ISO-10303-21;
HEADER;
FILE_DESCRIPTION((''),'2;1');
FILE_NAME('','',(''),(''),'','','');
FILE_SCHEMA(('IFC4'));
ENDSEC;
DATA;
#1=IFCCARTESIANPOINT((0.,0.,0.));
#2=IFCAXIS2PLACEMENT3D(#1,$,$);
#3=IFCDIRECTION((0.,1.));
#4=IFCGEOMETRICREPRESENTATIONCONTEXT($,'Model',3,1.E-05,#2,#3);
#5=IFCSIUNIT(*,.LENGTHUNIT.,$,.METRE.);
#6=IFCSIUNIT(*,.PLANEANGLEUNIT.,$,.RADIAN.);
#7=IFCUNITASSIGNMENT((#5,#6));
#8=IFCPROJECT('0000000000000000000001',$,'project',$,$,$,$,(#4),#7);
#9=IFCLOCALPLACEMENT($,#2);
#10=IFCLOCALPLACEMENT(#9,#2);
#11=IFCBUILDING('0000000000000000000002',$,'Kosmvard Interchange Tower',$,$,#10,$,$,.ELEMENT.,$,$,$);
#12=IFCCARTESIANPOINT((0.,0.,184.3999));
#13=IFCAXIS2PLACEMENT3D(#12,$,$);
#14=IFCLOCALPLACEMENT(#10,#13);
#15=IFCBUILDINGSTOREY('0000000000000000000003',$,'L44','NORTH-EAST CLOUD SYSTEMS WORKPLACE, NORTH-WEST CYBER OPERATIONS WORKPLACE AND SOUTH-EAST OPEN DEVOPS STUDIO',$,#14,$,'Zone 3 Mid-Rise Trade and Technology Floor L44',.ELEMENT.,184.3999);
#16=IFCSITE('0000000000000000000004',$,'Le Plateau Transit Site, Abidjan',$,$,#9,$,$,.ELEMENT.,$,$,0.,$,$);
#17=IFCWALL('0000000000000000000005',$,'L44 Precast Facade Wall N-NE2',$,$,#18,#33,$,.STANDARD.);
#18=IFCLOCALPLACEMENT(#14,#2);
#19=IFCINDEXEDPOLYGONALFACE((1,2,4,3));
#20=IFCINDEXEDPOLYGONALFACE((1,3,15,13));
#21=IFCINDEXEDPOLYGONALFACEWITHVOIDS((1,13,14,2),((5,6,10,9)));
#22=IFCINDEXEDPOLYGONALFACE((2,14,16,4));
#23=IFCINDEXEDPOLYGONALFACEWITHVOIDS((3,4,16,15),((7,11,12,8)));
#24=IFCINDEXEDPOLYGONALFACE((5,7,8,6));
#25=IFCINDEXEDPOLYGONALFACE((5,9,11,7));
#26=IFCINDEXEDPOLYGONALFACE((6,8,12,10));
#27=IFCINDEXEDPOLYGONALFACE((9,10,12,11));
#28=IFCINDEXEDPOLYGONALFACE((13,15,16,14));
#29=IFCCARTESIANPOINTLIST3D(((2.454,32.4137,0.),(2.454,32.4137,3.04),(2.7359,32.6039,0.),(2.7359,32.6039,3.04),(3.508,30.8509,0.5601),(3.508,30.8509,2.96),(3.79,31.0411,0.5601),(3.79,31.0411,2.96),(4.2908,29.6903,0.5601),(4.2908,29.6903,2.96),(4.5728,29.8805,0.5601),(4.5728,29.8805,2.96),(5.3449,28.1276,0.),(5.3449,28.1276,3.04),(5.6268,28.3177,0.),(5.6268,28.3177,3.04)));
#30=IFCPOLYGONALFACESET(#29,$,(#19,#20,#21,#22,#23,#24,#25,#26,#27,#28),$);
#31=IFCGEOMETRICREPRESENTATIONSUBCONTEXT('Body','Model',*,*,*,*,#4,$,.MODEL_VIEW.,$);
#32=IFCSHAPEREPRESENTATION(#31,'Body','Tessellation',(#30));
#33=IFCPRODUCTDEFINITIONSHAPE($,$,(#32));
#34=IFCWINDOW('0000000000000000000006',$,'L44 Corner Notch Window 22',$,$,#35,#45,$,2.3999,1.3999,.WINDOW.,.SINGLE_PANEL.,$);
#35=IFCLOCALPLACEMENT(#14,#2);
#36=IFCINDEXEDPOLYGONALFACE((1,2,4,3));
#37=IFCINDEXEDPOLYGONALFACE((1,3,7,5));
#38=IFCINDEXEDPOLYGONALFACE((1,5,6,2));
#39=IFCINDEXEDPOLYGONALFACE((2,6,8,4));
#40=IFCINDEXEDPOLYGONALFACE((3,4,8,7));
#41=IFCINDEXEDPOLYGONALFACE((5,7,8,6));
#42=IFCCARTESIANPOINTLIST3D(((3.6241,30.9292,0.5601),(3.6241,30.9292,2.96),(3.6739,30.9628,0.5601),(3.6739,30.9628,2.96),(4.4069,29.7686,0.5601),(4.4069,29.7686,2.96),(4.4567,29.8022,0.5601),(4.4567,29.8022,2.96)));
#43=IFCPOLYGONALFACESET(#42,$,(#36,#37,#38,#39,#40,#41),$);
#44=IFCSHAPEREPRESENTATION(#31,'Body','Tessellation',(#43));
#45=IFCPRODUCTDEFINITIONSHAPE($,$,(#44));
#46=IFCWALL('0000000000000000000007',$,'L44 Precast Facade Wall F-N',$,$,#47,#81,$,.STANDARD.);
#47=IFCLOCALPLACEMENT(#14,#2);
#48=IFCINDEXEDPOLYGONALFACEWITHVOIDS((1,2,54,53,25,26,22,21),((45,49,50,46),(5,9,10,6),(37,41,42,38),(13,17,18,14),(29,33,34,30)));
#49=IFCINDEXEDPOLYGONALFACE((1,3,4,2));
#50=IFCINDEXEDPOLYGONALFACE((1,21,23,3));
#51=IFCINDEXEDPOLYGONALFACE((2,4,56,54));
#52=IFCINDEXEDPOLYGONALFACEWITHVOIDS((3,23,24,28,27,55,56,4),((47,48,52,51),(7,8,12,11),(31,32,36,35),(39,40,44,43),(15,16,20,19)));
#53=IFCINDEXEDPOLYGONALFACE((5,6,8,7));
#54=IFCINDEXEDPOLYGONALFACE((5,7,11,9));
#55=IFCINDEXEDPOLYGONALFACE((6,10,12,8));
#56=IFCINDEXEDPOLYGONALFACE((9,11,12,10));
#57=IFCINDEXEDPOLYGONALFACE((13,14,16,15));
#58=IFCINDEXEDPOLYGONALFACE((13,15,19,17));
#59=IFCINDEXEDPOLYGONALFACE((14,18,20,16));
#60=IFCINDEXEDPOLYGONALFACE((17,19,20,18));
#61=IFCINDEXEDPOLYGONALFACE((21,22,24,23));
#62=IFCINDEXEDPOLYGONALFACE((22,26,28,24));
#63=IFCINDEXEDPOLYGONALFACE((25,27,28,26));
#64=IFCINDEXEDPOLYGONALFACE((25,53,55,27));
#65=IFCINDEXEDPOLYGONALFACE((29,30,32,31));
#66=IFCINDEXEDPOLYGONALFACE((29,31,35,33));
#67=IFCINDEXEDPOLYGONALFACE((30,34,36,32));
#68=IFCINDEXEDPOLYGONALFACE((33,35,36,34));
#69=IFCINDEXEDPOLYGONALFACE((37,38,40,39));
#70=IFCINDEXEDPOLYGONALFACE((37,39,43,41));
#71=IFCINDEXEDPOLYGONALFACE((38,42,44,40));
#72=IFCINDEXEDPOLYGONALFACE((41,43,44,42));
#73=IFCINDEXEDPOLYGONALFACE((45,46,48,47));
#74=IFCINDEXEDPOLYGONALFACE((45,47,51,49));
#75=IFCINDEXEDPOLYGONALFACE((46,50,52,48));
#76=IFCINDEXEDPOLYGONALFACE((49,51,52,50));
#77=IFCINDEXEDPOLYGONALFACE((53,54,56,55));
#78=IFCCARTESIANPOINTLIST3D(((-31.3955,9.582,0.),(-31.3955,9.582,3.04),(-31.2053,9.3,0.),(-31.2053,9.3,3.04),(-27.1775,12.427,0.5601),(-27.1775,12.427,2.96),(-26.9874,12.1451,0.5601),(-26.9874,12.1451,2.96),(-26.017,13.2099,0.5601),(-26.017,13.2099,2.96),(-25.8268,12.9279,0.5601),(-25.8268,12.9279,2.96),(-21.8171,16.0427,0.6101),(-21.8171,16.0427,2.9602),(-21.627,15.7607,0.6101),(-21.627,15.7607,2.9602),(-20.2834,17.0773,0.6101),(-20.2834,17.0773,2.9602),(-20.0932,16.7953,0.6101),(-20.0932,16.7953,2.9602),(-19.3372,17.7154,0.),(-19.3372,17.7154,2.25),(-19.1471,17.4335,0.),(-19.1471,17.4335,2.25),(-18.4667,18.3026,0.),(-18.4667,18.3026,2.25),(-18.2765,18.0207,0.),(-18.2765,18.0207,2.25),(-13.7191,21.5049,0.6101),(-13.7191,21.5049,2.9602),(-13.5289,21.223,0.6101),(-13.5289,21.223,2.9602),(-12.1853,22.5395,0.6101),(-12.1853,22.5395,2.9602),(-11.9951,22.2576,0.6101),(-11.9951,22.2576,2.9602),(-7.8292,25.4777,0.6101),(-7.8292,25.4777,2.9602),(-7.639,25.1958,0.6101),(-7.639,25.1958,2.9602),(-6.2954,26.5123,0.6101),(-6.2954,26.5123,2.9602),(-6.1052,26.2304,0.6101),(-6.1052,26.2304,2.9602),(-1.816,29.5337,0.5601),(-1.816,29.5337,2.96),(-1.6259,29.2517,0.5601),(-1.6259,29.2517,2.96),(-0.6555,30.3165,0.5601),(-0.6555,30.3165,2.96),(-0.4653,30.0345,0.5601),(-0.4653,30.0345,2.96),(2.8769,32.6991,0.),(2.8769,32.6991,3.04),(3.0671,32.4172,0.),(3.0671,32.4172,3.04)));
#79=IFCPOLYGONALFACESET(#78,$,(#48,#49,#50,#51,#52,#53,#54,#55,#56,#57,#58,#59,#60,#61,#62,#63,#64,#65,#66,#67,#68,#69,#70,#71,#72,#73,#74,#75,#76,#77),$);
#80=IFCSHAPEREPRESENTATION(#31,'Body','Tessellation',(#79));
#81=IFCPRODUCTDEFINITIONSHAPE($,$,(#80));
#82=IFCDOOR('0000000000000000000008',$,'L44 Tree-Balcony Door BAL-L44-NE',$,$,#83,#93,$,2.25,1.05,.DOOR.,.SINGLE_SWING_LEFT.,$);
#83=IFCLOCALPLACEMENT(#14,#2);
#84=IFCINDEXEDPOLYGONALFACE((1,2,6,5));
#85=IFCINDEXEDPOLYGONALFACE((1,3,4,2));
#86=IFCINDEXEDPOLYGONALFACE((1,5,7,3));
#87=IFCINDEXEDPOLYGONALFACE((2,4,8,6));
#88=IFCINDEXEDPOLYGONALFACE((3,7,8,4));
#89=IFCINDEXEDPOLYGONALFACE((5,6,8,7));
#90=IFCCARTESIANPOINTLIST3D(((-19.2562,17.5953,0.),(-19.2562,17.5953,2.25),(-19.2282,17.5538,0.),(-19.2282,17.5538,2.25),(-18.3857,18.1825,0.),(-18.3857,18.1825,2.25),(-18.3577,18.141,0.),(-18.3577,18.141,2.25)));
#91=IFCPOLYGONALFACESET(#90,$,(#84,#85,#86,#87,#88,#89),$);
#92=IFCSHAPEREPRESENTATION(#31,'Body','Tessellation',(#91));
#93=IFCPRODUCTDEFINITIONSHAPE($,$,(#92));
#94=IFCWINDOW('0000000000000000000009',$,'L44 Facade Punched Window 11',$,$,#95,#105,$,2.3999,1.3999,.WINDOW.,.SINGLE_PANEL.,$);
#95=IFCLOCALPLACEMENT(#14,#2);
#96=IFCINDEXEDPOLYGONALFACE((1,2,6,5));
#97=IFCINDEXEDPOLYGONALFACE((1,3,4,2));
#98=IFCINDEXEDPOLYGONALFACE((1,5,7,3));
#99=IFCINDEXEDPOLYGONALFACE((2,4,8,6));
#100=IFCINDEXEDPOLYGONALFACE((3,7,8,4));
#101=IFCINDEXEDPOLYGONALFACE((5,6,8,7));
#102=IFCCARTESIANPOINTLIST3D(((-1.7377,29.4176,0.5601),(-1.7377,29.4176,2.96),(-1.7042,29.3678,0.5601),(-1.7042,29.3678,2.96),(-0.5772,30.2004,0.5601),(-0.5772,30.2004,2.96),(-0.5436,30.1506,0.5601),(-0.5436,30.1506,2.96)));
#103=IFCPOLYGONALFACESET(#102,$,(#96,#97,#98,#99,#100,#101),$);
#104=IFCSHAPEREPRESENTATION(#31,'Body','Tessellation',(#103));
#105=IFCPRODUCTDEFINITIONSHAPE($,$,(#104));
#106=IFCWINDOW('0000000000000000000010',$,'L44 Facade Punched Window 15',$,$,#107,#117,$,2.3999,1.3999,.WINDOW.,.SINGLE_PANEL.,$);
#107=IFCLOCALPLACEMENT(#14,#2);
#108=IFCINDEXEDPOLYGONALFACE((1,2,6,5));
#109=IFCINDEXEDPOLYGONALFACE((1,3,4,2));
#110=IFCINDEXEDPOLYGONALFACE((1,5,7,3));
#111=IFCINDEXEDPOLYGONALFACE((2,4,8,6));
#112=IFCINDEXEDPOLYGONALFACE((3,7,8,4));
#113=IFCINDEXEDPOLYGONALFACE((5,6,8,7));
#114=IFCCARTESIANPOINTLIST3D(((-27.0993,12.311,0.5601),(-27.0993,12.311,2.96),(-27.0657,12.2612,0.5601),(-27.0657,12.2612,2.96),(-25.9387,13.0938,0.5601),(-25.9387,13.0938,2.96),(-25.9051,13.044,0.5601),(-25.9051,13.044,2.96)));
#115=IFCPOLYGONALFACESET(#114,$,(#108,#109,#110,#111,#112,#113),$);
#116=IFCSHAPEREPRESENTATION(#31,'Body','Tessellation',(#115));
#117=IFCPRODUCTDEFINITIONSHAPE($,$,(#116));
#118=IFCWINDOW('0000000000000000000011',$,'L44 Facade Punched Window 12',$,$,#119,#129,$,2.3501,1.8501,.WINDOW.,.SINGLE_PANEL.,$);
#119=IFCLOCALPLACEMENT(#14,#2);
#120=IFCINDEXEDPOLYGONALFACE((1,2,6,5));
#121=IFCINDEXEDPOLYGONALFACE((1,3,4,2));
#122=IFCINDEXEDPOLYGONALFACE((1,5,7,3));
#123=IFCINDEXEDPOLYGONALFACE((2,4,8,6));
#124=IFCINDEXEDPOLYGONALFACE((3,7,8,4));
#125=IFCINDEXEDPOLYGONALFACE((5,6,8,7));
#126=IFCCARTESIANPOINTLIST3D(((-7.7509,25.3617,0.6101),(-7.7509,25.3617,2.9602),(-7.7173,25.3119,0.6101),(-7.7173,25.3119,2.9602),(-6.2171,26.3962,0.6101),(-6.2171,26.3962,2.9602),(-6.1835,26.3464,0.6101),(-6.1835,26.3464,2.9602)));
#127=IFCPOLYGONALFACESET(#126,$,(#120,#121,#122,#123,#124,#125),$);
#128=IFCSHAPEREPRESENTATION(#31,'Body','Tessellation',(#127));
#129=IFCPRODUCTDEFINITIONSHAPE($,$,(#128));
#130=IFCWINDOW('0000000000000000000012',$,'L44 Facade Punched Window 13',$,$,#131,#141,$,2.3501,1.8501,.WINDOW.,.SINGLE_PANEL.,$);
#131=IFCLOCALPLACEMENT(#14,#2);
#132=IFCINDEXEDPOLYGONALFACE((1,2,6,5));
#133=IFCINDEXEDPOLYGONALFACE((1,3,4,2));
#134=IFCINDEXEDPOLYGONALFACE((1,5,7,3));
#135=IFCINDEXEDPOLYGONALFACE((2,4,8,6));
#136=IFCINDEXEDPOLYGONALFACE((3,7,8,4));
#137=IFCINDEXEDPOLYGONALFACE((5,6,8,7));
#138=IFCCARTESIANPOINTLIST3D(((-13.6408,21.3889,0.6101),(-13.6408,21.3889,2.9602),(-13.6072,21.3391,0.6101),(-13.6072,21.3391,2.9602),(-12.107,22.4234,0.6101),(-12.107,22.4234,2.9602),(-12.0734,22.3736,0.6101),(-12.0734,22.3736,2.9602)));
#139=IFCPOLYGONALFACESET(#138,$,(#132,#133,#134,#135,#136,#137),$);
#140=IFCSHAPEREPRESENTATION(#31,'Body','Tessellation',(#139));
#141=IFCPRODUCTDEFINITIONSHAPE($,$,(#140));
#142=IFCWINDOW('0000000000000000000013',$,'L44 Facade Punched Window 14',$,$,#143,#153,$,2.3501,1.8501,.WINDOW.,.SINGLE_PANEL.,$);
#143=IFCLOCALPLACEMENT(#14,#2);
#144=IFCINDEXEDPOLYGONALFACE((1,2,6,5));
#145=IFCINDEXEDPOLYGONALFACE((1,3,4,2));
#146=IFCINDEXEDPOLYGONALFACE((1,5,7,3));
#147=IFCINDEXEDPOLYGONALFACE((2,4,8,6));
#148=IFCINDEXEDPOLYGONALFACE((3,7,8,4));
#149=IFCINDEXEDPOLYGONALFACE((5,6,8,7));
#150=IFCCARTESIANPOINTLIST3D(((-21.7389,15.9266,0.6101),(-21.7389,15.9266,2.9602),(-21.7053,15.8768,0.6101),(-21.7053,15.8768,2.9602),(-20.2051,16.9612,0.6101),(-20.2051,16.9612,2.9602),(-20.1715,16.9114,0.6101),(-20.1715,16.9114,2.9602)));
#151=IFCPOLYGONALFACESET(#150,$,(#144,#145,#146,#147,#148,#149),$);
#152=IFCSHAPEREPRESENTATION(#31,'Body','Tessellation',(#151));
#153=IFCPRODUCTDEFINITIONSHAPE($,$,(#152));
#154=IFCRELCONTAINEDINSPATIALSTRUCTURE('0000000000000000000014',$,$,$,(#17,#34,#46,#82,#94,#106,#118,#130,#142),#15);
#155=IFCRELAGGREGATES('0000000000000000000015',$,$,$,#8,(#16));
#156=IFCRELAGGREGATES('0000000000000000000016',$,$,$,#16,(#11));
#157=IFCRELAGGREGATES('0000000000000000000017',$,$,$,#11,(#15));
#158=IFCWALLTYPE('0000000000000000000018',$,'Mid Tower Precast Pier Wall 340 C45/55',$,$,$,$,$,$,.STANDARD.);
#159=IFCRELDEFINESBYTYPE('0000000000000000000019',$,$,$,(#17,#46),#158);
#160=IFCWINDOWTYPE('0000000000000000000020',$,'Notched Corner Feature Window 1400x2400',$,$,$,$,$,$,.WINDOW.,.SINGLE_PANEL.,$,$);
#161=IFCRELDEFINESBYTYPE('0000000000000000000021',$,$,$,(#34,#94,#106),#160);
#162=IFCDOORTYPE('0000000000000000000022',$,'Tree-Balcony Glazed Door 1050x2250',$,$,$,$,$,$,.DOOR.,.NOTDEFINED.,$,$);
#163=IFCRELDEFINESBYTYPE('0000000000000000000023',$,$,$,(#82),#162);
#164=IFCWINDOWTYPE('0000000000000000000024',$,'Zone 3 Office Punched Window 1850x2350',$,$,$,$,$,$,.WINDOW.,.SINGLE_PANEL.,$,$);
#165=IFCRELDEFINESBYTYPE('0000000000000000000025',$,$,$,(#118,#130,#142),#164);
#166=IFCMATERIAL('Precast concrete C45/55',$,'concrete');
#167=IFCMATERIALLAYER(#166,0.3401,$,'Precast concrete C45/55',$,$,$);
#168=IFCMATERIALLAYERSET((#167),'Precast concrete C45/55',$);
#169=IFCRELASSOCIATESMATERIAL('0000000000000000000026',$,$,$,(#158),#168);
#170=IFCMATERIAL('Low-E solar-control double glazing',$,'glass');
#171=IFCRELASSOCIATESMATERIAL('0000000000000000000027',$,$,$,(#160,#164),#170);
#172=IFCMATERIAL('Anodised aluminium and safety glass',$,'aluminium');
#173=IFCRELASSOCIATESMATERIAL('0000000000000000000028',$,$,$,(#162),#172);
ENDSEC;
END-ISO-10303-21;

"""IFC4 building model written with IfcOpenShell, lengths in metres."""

from ifc_helpers import new_model, si_unit, direction, frame, frame_2d, origin, place, context, subcontext, project, spatial, rectangle, extrude, source, transform, mapped, material, layer, layer_set, type_object, element, fill, save


model = new_model("IFC4")

# Units and contexts
model_context = context("Model", 3, precision=1e-05, world=origin(), true_north=direction((0.0, 1.0)))
body_context = subcontext(model_context, "Body", "Model", "MODEL_VIEW")
ifc_project = project(units=[si_unit("LENGTHUNIT", "METRE"), si_unit("PLANEANGLEUNIT", "RADIAN")], contexts=[model_context])

# Site, building, storey
site_placement = place(None, origin())
site = spatial("IfcSite", under=ifc_project, at=site_placement, Name="Le Plateau Transit Site, Abidjan", CompositionType="ELEMENT", RefElevation=0.0)
building_placement = place(site_placement, origin())
building = spatial("IfcBuilding", under=site, at=building_placement, Name="Kosmvard Interchange Tower", CompositionType="ELEMENT")
storey_placement = place(building_placement, frame((0.0, 0.0, 184.3999)))
storey = spatial("IfcBuildingStorey", under=building, at=storey_placement, Name="L44", Description="NORTH-EAST CLOUD SYSTEMS WORKPLACE, NORTH-WEST CYBER OPERATIONS WORKPLACE AND SOUTH-EAST OPEN DEVOPS STUDIO", LongName="Zone 3 Mid-Rise Trade and Technology Floor L44", CompositionType="ELEMENT", Elevation=184.3999)

# Shared definitions
ifc_material_1 = material(Name="Precast concrete C45/55", Category="concrete")

# Shared definitions
ifc_layer_1 = layer(ifc_material_1, 0.3401, Name="Precast concrete C45/55")
ifc_layer_set_1 = layer_set([ifc_layer_1], Name="Precast concrete C45/55")
wall_type = type_object("IfcWallType", Name="Mid Tower Precast Pier Wall 340 C45/55", PredefinedType="STANDARD", material=ifc_layer_set_1)

# Wall, opening, window
wall_1_placement = place(storey_placement, frame((5.4858, 28.2227, 0.0), z_axis=(0.0, 0.0, 1.0), x_axis=(-0.559171, 0.829052, 0.0)))
wall_1 = element("IfcWall", 1, at=wall_1_placement, inside=storey, type_object=wall_type, Name="L44 Precast Facade Wall N-NE2", PredefinedType="STANDARD", context=body_context, shape_type="SweptSolid", body=[
    extrude(rectangle(XDim=5.1699, YDim=0.3401, at=frame_2d((2.585, 0.0))), origin(), (0.0, 0.0, 1.0), 3.04),
])
opening_1_placement = place(wall_1_placement, frame((1.885, 0.0, 0.5601)))
opening_1 = element("IfcOpeningElement", 2, at=opening_1_placement, cuts=wall_1, PredefinedType="OPENING", context=body_context, shape_type="SweptSolid", body=[
    extrude(rectangle(XDim=1.3999, YDim=2.3999, at=frame_2d((0.7, 1.2))), frame((0.0, 0.1802, 0.0), z_axis=(0.0, -1.0, 0.0), x_axis=(1.0, 0.0, 0.0)), (0.0, 0.0, 1.0), 0.3601),
])
ifc_material_2 = material(Name="Low-E solar-control double glazing", Category="glass")
window_type_1 = type_object("IfcWindowType", Name="Notched Corner Feature Window 1400x2400", PartitioningType="SINGLE_PANEL", PredefinedType="WINDOW", material=ifc_material_2)
shared_shape_1 = source(origin(), body_context, "Body", "SweptSolid", [
    extrude(rectangle(XDim=1.3999, YDim=2.3999, at=frame_2d((0.7, 1.2))), frame((0.0, 0.03, 0.0), z_axis=(0.0, -1.0, 0.0), x_axis=(1.0, 0.0, 0.0)), (0.0, 0.0, 1.0), 0.0601),
])
window_1_placement = place(opening_1_placement, origin())
window_1 = element("IfcWindow", 3, at=window_1_placement, inside=storey, type_object=window_type_1, Name="L44 Corner Notch Window 22", OverallHeight=2.3999, OverallWidth=1.3999, PartitioningType="SINGLE_PANEL", PredefinedType="WINDOW", context=body_context, shape_type="MappedRepresentation", body=[
    mapped(shared_shape_1, transform((0.0, 0.0, 0.0), scale=1.0)),
])
fill(opening_1, window_1)

# Wall, openings, door, windows
wall_2_placement = place(storey_placement, frame((2.9719, 32.5581, 0.0), z_axis=(0.0, 0.0, 1.0), x_axis=(-0.829036, -0.559195, 0.0)))
wall_2 = element("IfcWall", 4, at=wall_2_placement, inside=storey, type_object=wall_type, Name="L44 Precast Facade Wall F-N", PredefinedType="STANDARD", context=body_context, shape_type="SweptSolid", body=[
    extrude(rectangle(XDim=41.3401, YDim=0.3401, at=frame_2d((20.6699, 0.0))), origin(), (0.0, 0.0, 1.0), 3.04),
])
opening_2_placement = place(wall_2_placement, frame((25.7451, 0.0, 0.0)))
opening_2 = element("IfcOpeningElement", 5, at=opening_2_placement, cuts=wall_2, PredefinedType="OPENING", context=body_context, shape_type="SweptSolid", body=[
    extrude(rectangle(XDim=1.05, YDim=2.25, at=frame_2d((0.5249, 1.125))), frame((0.0, 0.1802, 0.0), z_axis=(0.0, -1.0, 0.0), x_axis=(1.0, 0.0, 0.0)), (0.0, 0.0, 1.0), 0.3601),
])
opening_3_placement = place(wall_2_placement, frame((4.2607, 0.0, 0.5601)))
opening_3 = element("IfcOpeningElement", 6, at=opening_3_placement, cuts=wall_2, PredefinedType="OPENING", context=body_context, shape_type="SweptSolid", body=[
    extrude(rectangle(XDim=1.3999, YDim=2.3999, at=frame_2d((0.7, 1.2))), frame((0.0, 0.1802, 0.0), z_axis=(0.0, -1.0, 0.0), x_axis=(1.0, 0.0, 0.0)), (0.0, 0.0, 1.0), 0.3601),
])
opening_4_placement = place(wall_2_placement, frame((11.0637, 0.0, 0.6101)))
opening_4 = element("IfcOpeningElement", 7, at=opening_4_placement, cuts=wall_2, PredefinedType="OPENING", context=body_context, shape_type="SweptSolid", body=[
    extrude(rectangle(XDim=1.8501, YDim=2.3501, at=frame_2d((0.925, 1.175))), frame((0.0, 0.1802, 0.0), z_axis=(0.0, -1.0, 0.0), x_axis=(1.0, 0.0, 0.0)), (0.0, 0.0, 1.0), 0.3601),
])
opening_5_placement = place(wall_2_placement, frame((18.1682, 0.0, 0.6101)))
opening_5 = element("IfcOpeningElement", 8, at=opening_5_placement, cuts=wall_2, PredefinedType="OPENING", context=body_context, shape_type="SweptSolid", body=[
    extrude(rectangle(XDim=1.8501, YDim=2.3501, at=frame_2d((0.925, 1.175))), frame((0.0, 0.1802, 0.0), z_axis=(0.0, -1.0, 0.0), x_axis=(1.0, 0.0, 0.0)), (0.0, 0.0, 1.0), 0.3601),
])
opening_6_placement = place(wall_2_placement, frame((27.9363, 0.0, 0.6101)))
opening_6 = element("IfcOpeningElement", 9, at=opening_6_placement, cuts=wall_2, PredefinedType="OPENING", context=body_context, shape_type="SweptSolid", body=[
    extrude(rectangle(XDim=1.8501, YDim=2.3501, at=frame_2d((0.925, 1.175))), frame((0.0, 0.1802, 0.0), z_axis=(0.0, -1.0, 0.0), x_axis=(1.0, 0.0, 0.0)), (0.0, 0.0, 1.0), 0.3601),
])
opening_7_placement = place(wall_2_placement, frame((34.8523, 0.0, 0.5601)))
opening_7 = element("IfcOpeningElement", 10, at=opening_7_placement, cuts=wall_2, PredefinedType="OPENING", context=body_context, shape_type="SweptSolid", body=[
    extrude(rectangle(XDim=1.3999, YDim=2.3999, at=frame_2d((0.7, 1.2))), frame((0.0, 0.1802, 0.0), z_axis=(0.0, -1.0, 0.0), x_axis=(1.0, 0.0, 0.0)), (0.0, 0.0, 1.0), 0.3601),
])
ifc_material_3 = material(Name="Anodised aluminium and safety glass", Category="aluminium")
door_type = type_object("IfcDoorType", Name="Tree-Balcony Glazed Door 1050x2250", OperationType="NOTDEFINED", PredefinedType="DOOR", material=ifc_material_3)
shared_shape_2 = source(origin(), body_context, "Body", "SweptSolid", [
    extrude(rectangle(XDim=1.05, YDim=2.25, at=frame_2d((0.5249, 1.125))), frame((0.0, 0.0249, 0.0), z_axis=(0.0, -1.0, 0.0), x_axis=(1.0, 0.0, 0.0)), (0.0, 0.0, 1.0), 0.05),
])
door_placement = place(opening_2_placement, origin())
door = element("IfcDoor", 11, at=door_placement, inside=storey, type_object=door_type, Name="L44 Tree-Balcony Door BAL-L44-NE", OperationType="SINGLE_SWING_LEFT", OverallHeight=2.25, OverallWidth=1.05, PredefinedType="DOOR", context=body_context, shape_type="MappedRepresentation", body=[
    mapped(shared_shape_2, transform((0.0, 0.0, 0.0), scale=1.0)),
])
fill(opening_2, door)
window_2_placement = place(opening_3_placement, origin())
window_2 = element("IfcWindow", 12, at=window_2_placement, inside=storey, type_object=window_type_1, Name="L44 Facade Punched Window 11", OverallHeight=2.3999, OverallWidth=1.3999, PartitioningType="SINGLE_PANEL", PredefinedType="WINDOW", context=body_context, shape_type="MappedRepresentation", body=[
    mapped(shared_shape_1, transform((0.0, 0.0, 0.0), scale=1.0)),
])
fill(opening_3, window_2)
window_3_placement = place(opening_7_placement, origin())
window_3 = element("IfcWindow", 13, at=window_3_placement, inside=storey, type_object=window_type_1, Name="L44 Facade Punched Window 15", OverallHeight=2.3999, OverallWidth=1.3999, PartitioningType="SINGLE_PANEL", PredefinedType="WINDOW", context=body_context, shape_type="MappedRepresentation", body=[
    mapped(shared_shape_1, transform((0.0, 0.0, 0.0), scale=1.0)),
])
fill(opening_7, window_3)
window_type_2 = type_object("IfcWindowType", Name="Zone 3 Office Punched Window 1850x2350", PartitioningType="SINGLE_PANEL", PredefinedType="WINDOW", material=ifc_material_2)
shared_shape_3 = source(origin(), body_context, "Body", "SweptSolid", [
    extrude(rectangle(XDim=1.8501, YDim=2.3501, at=frame_2d((0.925, 1.175))), frame((0.0, 0.03, 0.0), z_axis=(0.0, -1.0, 0.0), x_axis=(1.0, 0.0, 0.0)), (0.0, 0.0, 1.0), 0.0601),
])
window_4_placement = place(opening_4_placement, origin())
window_4 = element("IfcWindow", 14, at=window_4_placement, inside=storey, type_object=window_type_2, Name="L44 Facade Punched Window 12", OverallHeight=2.3501, OverallWidth=1.8501, PartitioningType="SINGLE_PANEL", PredefinedType="WINDOW", context=body_context, shape_type="MappedRepresentation", body=[
    mapped(shared_shape_3, transform((0.0, 0.0, 0.0), scale=1.0)),
])
fill(opening_4, window_4)
window_5_placement = place(opening_5_placement, origin())
window_5 = element("IfcWindow", 15, at=window_5_placement, inside=storey, type_object=window_type_2, Name="L44 Facade Punched Window 13", OverallHeight=2.3501, OverallWidth=1.8501, PartitioningType="SINGLE_PANEL", PredefinedType="WINDOW", context=body_context, shape_type="MappedRepresentation", body=[
    mapped(shared_shape_3, transform((0.0, 0.0, 0.0), scale=1.0)),
])
fill(opening_5, window_5)
window_6_placement = place(opening_6_placement, origin())
window_6 = element("IfcWindow", 16, at=window_6_placement, inside=storey, type_object=window_type_2, Name="L44 Facade Punched Window 14", OverallHeight=2.3501, OverallWidth=1.8501, PartitioningType="SINGLE_PANEL", PredefinedType="WINDOW", context=body_context, shape_type="MappedRepresentation", body=[
    mapped(shared_shape_3, transform((0.0, 0.0, 0.0), scale=1.0)),
])
fill(opening_6, window_6)

save(model, "model.ifc")
